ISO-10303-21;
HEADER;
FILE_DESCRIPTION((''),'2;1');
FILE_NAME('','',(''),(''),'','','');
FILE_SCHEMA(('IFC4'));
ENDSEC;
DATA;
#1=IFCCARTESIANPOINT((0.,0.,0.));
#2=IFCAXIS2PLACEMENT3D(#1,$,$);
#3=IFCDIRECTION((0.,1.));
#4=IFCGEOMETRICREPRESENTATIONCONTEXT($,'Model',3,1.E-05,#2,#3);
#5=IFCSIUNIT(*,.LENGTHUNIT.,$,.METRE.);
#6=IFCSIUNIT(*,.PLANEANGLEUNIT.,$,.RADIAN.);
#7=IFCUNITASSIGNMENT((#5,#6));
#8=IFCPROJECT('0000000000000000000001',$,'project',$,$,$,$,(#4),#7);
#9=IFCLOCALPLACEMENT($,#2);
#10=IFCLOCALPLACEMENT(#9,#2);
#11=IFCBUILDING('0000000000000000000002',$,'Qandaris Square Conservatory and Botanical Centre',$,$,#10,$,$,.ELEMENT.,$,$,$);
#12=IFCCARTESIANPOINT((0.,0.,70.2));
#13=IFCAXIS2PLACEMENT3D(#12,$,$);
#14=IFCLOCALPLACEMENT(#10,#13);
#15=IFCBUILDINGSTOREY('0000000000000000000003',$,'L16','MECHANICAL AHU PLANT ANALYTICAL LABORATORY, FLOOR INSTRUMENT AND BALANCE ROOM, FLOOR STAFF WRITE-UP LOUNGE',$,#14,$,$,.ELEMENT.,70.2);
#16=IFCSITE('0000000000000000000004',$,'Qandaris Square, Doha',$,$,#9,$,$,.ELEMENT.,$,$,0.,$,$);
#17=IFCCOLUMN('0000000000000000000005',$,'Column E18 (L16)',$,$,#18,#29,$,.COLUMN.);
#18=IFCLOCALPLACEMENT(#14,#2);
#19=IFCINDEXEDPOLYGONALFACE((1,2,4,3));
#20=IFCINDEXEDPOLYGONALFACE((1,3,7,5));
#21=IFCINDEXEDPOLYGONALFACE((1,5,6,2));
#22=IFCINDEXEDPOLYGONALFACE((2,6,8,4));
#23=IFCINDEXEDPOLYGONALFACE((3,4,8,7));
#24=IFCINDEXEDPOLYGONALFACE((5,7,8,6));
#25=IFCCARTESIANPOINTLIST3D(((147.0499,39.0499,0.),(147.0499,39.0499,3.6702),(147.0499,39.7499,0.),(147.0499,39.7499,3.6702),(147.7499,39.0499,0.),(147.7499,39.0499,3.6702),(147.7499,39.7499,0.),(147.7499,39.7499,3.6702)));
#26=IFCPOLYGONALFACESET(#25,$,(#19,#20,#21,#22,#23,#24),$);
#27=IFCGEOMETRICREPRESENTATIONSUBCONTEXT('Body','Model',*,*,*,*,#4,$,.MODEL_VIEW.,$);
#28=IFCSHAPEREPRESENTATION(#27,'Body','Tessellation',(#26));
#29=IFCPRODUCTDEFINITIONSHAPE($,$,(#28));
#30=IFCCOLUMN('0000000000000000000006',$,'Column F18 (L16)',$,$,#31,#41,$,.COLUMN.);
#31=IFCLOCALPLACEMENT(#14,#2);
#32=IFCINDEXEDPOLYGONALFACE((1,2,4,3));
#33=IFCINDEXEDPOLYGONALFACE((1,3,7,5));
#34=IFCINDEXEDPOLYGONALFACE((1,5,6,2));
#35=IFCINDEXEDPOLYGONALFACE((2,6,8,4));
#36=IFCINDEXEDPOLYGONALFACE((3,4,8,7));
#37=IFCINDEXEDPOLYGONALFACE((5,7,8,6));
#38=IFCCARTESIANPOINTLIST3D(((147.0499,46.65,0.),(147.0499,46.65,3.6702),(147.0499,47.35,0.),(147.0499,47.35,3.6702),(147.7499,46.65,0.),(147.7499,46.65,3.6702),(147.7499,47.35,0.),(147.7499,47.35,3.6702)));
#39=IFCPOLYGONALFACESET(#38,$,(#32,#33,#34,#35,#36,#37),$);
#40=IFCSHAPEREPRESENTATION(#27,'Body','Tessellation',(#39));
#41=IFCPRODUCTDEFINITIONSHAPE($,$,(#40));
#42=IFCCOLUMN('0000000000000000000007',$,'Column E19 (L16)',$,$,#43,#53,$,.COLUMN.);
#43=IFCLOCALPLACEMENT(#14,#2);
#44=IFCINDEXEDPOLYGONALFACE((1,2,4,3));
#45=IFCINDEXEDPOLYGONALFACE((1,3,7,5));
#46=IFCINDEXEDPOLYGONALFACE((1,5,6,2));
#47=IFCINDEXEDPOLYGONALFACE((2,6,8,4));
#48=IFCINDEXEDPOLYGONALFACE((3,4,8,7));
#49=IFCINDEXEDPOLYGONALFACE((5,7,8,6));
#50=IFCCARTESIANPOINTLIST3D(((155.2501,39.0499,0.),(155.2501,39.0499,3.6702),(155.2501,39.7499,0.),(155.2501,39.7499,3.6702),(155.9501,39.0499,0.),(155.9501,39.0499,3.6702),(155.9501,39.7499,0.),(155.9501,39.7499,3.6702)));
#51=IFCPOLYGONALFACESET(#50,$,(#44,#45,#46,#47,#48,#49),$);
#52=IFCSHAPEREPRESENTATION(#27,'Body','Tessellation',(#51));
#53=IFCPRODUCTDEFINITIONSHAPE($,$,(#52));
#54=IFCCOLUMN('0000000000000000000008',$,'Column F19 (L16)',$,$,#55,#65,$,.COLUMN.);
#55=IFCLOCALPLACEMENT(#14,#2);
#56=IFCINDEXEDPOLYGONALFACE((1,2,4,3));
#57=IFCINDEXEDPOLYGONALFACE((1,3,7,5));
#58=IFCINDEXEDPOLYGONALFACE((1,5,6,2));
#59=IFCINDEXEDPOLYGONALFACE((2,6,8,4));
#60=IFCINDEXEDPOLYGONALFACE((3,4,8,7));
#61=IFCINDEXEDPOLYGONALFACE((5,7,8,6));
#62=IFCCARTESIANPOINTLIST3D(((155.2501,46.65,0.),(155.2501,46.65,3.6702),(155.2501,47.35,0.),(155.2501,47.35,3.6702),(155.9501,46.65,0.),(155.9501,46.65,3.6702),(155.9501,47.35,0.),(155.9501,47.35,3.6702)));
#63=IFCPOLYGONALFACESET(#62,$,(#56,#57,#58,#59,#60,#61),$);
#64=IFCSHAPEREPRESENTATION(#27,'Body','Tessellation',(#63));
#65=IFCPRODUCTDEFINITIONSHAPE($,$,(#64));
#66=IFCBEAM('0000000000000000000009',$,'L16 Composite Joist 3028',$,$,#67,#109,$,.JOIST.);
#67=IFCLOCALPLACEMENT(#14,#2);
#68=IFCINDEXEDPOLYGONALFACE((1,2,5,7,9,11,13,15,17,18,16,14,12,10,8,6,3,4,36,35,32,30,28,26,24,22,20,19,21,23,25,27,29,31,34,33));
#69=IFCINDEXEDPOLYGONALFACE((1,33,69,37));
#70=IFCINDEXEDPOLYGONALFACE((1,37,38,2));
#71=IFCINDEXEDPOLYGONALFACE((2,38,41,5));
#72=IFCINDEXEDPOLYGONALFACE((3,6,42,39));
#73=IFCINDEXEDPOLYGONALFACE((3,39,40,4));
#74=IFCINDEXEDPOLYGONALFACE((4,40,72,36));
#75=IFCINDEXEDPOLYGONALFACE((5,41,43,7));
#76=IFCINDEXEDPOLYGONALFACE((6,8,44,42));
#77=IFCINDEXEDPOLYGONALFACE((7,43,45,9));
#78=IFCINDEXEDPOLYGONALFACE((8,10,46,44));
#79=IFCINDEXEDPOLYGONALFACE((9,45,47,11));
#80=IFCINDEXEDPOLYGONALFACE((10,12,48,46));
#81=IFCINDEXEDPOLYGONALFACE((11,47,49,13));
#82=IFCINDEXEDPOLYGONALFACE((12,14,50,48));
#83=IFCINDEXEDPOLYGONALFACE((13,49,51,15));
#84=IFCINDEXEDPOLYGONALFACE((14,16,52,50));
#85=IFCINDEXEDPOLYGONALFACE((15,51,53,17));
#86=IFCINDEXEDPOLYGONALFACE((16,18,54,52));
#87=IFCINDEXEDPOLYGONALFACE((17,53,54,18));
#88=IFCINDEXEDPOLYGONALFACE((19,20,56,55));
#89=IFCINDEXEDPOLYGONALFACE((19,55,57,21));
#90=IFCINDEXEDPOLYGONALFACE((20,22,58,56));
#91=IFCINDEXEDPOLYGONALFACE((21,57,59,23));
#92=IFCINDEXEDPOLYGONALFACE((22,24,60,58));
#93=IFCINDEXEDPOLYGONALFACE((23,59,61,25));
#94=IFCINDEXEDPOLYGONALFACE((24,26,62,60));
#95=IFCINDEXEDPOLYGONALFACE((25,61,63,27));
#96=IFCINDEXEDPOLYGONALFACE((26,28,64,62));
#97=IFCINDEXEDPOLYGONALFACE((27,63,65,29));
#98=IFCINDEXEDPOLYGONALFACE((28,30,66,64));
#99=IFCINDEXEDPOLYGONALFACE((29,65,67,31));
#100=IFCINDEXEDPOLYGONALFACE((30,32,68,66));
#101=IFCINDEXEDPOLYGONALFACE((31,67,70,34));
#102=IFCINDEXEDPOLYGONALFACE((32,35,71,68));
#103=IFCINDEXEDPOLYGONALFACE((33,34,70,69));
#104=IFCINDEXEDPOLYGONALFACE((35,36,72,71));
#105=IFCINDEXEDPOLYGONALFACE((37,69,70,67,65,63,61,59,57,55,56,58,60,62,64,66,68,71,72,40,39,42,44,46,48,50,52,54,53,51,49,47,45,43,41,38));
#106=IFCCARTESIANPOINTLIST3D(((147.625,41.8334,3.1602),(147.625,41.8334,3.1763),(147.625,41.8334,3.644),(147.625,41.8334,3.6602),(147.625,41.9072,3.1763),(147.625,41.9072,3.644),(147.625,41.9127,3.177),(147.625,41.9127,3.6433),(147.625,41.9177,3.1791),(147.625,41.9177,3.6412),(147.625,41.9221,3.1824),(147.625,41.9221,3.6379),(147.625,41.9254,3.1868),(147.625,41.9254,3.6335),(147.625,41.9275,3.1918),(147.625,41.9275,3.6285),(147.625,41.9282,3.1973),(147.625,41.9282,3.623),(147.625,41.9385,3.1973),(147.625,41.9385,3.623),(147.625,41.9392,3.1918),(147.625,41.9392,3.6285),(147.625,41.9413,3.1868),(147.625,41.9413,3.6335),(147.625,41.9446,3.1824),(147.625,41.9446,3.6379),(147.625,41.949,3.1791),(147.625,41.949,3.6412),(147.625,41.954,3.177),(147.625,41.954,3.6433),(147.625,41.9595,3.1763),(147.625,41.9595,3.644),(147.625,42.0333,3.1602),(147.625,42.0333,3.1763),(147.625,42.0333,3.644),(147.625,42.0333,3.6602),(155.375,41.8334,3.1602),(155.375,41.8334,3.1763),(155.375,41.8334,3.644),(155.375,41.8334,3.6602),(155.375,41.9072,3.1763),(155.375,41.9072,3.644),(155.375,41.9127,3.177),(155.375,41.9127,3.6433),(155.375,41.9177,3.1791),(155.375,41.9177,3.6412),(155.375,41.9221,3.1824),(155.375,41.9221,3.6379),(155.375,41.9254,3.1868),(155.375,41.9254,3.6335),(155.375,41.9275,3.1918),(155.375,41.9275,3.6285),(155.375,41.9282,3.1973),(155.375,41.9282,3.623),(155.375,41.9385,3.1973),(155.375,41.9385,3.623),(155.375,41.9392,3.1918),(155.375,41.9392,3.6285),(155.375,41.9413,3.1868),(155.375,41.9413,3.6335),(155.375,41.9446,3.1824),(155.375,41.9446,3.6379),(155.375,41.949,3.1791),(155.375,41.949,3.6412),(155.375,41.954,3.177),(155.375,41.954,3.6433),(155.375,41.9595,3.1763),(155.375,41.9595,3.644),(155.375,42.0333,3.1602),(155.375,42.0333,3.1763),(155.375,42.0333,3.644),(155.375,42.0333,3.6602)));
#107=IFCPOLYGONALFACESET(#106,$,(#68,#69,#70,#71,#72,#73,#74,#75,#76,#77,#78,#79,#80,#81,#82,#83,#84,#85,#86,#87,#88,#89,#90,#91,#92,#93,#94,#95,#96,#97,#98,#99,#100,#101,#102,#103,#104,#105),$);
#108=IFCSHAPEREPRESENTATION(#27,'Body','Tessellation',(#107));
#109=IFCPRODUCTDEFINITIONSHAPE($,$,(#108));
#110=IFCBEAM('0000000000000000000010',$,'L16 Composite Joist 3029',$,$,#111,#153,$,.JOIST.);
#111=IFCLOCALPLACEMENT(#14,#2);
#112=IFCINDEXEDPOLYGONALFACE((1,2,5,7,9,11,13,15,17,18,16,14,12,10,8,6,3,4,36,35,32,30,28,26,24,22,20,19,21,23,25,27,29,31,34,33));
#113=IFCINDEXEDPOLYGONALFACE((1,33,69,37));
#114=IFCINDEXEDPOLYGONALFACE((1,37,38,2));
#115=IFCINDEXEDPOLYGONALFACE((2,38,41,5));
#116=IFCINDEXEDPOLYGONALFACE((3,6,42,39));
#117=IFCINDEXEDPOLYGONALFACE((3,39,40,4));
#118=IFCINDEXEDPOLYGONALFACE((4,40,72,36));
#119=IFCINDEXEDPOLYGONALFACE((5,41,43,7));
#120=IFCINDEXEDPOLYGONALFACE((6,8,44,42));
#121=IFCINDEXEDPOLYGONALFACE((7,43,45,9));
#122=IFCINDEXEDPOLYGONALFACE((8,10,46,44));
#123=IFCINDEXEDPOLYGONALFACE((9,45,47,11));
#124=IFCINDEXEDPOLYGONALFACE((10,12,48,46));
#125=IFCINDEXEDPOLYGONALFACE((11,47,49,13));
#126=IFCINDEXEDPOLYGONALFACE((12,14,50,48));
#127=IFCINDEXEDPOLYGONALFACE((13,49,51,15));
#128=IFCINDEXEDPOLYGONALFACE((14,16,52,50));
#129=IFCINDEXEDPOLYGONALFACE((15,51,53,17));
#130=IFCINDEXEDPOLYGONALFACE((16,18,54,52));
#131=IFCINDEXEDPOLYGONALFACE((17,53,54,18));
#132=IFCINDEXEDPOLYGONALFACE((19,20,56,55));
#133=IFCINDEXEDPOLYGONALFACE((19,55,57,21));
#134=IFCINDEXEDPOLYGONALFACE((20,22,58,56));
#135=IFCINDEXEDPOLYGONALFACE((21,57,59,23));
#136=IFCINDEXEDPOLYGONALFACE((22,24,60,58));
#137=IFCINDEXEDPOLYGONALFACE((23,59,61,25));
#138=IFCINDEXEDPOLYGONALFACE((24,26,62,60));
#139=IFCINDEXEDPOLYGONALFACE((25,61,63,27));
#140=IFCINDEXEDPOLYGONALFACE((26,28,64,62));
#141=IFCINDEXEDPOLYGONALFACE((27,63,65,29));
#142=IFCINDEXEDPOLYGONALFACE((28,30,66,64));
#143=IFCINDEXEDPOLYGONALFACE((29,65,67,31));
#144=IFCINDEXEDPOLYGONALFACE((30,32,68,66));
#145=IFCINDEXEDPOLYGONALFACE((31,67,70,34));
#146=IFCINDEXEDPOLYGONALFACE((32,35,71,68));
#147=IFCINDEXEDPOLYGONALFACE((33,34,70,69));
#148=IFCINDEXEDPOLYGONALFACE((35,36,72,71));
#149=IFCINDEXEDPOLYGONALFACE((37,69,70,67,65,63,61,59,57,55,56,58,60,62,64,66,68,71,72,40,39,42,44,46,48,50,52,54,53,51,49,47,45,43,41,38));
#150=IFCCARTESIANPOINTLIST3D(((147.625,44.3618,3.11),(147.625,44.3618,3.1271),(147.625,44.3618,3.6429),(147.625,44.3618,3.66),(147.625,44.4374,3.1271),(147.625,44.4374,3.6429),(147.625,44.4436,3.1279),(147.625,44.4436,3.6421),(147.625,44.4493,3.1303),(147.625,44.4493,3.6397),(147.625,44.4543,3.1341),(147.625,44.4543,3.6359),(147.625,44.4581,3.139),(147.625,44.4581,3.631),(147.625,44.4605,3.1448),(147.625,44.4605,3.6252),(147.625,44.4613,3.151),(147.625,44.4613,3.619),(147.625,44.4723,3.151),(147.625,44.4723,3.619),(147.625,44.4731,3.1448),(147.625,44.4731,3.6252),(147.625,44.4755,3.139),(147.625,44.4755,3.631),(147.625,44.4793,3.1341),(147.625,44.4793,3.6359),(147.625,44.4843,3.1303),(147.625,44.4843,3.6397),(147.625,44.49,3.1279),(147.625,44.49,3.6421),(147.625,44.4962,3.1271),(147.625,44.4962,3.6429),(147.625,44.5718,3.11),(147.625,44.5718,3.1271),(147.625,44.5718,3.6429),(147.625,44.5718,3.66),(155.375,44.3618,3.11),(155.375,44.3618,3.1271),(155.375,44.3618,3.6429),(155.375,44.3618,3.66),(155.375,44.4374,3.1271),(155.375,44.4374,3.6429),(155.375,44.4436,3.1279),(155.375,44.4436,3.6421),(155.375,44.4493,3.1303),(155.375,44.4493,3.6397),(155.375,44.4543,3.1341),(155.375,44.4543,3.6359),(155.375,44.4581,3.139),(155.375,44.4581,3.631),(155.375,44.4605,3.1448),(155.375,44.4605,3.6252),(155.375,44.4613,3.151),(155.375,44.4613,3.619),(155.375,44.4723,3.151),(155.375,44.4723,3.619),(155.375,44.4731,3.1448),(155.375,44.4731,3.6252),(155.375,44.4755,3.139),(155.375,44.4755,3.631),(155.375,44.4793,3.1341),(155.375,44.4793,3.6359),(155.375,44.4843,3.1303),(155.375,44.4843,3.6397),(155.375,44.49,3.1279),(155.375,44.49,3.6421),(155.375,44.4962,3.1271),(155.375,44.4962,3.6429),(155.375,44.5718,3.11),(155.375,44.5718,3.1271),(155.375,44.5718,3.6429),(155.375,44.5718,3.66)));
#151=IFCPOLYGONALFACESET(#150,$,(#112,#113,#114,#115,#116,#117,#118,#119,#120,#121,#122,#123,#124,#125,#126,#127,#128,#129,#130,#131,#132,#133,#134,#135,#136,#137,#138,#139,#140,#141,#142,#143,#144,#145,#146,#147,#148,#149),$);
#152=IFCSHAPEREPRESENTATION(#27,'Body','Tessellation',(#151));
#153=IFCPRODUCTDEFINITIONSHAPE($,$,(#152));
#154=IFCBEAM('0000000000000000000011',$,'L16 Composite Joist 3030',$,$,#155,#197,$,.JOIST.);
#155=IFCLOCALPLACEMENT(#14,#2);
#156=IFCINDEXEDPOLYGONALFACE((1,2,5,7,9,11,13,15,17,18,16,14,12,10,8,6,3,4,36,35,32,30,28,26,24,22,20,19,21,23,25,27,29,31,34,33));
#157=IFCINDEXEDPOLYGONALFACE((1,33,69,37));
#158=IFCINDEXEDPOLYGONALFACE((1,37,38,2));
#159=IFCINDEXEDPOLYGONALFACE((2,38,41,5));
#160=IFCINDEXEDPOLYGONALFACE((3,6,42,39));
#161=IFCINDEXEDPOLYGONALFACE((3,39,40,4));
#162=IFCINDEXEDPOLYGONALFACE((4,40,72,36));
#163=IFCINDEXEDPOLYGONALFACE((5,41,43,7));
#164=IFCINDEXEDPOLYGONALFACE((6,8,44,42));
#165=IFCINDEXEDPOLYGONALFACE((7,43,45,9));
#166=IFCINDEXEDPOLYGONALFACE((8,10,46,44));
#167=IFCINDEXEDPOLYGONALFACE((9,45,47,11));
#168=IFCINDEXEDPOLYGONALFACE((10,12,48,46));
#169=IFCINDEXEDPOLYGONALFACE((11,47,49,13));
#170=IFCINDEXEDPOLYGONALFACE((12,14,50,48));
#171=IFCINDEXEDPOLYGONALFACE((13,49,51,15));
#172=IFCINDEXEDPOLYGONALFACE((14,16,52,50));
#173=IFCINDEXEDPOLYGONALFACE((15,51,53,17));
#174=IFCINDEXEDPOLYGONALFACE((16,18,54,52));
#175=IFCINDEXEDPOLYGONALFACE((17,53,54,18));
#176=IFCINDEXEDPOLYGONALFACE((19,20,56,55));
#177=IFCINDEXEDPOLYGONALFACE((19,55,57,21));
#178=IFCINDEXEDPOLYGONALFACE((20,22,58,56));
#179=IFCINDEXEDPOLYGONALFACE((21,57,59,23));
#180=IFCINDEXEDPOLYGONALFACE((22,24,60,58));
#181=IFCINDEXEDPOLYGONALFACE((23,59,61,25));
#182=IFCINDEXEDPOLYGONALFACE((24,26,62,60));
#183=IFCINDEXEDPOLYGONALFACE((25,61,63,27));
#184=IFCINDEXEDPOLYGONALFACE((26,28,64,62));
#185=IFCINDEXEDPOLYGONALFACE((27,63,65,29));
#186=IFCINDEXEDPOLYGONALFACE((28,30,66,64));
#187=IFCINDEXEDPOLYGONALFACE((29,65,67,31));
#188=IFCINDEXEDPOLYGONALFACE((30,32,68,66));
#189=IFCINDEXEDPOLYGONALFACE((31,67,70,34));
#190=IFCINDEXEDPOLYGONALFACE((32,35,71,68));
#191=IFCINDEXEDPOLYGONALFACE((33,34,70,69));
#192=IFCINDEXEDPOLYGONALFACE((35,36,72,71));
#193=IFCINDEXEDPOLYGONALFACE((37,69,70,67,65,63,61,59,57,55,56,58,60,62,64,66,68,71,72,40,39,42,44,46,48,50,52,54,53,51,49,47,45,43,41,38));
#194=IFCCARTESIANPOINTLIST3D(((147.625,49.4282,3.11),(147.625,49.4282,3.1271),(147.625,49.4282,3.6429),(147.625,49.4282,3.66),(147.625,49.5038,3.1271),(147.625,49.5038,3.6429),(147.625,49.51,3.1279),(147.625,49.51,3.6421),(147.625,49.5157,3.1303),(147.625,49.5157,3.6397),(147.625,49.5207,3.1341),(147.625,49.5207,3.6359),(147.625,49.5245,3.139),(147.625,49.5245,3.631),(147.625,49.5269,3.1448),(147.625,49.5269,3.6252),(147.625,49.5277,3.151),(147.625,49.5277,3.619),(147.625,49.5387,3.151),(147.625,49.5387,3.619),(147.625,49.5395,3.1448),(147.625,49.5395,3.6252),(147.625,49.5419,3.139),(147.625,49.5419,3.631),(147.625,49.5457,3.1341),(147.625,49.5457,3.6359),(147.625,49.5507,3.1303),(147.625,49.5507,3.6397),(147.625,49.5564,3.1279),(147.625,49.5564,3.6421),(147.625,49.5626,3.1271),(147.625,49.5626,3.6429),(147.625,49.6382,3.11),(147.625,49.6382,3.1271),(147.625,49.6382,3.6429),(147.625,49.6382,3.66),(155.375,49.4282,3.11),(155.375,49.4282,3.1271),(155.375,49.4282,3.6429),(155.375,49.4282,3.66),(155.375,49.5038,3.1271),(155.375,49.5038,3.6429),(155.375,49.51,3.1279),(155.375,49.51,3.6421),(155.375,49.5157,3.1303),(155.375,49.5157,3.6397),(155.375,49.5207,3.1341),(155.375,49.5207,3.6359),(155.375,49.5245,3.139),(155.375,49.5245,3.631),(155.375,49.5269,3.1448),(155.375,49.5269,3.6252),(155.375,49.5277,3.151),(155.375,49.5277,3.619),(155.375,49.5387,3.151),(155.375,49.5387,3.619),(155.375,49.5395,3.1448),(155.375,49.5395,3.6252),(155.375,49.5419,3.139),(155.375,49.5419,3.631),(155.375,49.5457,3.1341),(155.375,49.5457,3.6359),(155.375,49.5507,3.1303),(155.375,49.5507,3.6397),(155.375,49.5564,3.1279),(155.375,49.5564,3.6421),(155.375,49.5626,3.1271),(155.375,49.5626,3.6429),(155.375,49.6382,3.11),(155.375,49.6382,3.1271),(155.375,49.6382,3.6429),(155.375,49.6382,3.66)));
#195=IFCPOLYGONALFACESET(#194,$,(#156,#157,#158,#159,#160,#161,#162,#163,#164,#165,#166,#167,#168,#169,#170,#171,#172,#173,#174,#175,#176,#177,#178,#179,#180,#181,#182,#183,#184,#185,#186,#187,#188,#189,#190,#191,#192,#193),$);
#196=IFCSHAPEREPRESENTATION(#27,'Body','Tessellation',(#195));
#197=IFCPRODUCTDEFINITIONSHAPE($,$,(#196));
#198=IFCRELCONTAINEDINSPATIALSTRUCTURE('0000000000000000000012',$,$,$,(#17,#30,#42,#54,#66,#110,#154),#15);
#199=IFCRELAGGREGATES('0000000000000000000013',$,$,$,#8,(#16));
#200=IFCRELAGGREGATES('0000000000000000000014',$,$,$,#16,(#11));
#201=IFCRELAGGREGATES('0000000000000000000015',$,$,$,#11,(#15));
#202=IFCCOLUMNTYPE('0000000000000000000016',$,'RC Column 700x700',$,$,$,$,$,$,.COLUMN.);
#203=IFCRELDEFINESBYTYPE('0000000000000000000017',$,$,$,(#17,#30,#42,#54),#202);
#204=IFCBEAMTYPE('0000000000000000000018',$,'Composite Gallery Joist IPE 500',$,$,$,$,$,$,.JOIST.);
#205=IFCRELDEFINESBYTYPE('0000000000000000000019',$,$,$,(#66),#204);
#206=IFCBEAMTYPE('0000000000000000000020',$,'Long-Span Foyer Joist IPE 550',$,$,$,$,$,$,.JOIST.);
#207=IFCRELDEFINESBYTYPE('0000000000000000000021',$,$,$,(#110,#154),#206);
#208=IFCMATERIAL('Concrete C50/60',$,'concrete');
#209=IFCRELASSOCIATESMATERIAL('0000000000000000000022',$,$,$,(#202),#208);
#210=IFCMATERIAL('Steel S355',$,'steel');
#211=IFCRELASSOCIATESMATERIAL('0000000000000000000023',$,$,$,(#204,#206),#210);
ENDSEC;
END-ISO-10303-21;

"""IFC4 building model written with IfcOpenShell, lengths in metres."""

from ifc_helpers import new_model, si_unit, direction, frame, origin, origin_2d, place, context, subcontext, project, spatial, rectangle, i_section, extrude, material, material_profile, profile_set, type_object, element, save


model = new_model("IFC4")

# Units and contexts
model_context = context("Model", 3, precision=1e-05, world=origin(), true_north=direction((0.0, 1.0)))
body_context = subcontext(model_context, "Body", "Model", "MODEL_VIEW")
ifc_project = project(units=[si_unit("LENGTHUNIT", "METRE"), si_unit("PLANEANGLEUNIT", "RADIAN")], contexts=[model_context])

# Site, building, storey
site_placement = place(None, origin())
site = spatial("IfcSite", under=ifc_project, at=site_placement, Name="Qandaris Square, Doha", CompositionType="ELEMENT", RefElevation=0.0)
building_placement = place(site_placement, origin())
building = spatial("IfcBuilding", under=site, at=building_placement, Name="Qandaris Square Conservatory and Botanical Centre", CompositionType="ELEMENT")
storey_placement = place(building_placement, frame((0.0, 0.0, 70.2)))
storey = spatial("IfcBuildingStorey", under=building, at=storey_placement, Name="L16", Description="MECHANICAL AHU PLANT ANALYTICAL LABORATORY, FLOOR INSTRUMENT AND BALANCE ROOM, FLOOR STAFF WRITE-UP LOUNGE", CompositionType="ELEMENT", Elevation=70.2)

# Columns
ifc_material_1 = material(Name="Concrete C50/60", Category="concrete")
ifc_material_profile_1 = material_profile(ifc_material_1, rectangle(XDim=0.7, YDim=0.7, at=origin_2d()), Name="RC-COL 700x700")
ifc_profile_set_1 = profile_set([ifc_material_profile_1], Name="Concrete C50/60")
column_type = type_object("IfcColumnType", Name="RC Column 700x700", PredefinedType="COLUMN", material=ifc_profile_set_1)
for number, where, z_axis, x_axis, name in (
    (1, (147.3999, 39.3999, 0.0), (0.0, 0.0, 1.0), (1.0, 0.0, 0.0), "Column E18 (L16)"),
    (2, (147.3999, 47.0, 0.0), (0.0, 0.0, 1.0), (1.0, 0.0, 0.0), "Column F18 (L16)"),
    (3, (155.6001, 39.3999, 0.0), (0.0, 0.0, 1.0), (1.0, 0.0, 0.0), "Column E19 (L16)"),
    (4, (155.6001, 47.0, 0.0), (0.0, 0.0, 1.0), (1.0, 0.0, 0.0), "Column F19 (L16)"),
):
    element("IfcColumn", number, at=place(storey_placement, frame(where, z_axis=z_axis, x_axis=x_axis)), inside=storey, type_object=column_type, Name=name, PredefinedType="COLUMN", context=body_context, shape_type="SweptSolid", body=[
        extrude(rectangle(XDim=0.7, YDim=0.7, at=origin_2d()), origin(), (0.0, 0.0, 1.0), 3.6702),
    ])

# Beams
ifc_material_2 = material(Name="Steel S355", Category="steel")
ifc_material_profile_2 = material_profile(ifc_material_2, i_section(OverallWidth=0.2, OverallDepth=0.5, WebThickness=0.0103, FlangeThickness=0.0161, FilletRadius=0.021, at=origin_2d()), Name="IPE 500")
ifc_profile_set_2 = profile_set([ifc_material_profile_2], Name="Steel S355")
beam_type_1 = type_object("IfcBeamType", Name="Composite Gallery Joist IPE 500", PredefinedType="JOIST", material=ifc_profile_set_2)
beam_1_placement = place(storey_placement, frame((147.625, 41.9333, 3.4102), z_axis=(1.0, 0.0, 0.0), x_axis=(0.0, 1.0, 0.0)))
element("IfcBeam", 5, at=beam_1_placement, inside=storey, type_object=beam_type_1, Name="L16 Composite Joist 3028", PredefinedType="JOIST", context=body_context, shape_type="SweptSolid", body=[
    extrude(i_section(OverallWidth=0.2, OverallDepth=0.5, WebThickness=0.0103, FlangeThickness=0.0161, FilletRadius=0.021, at=origin_2d()), origin(), (0.0, 0.0, 1.0), 7.75),
])
ifc_material_profile_3 = material_profile(ifc_material_2, i_section(OverallWidth=0.21, OverallDepth=0.55, WebThickness=0.011, FlangeThickness=0.0171, FilletRadius=0.0239, at=origin_2d()), Name="IPE 550")
ifc_profile_set_3 = profile_set([ifc_material_profile_3], Name="Steel S355")
beam_type_2 = type_object("IfcBeamType", Name="Long-Span Foyer Joist IPE 550", PredefinedType="JOIST", material=ifc_profile_set_3)
for number, where, z_axis, x_axis, name in (
    (6, (147.625, 44.4668, 3.385), (1.0, 0.0, 0.0), (0.0, 1.0, 0.0), "L16 Composite Joist 3029"),
    (7, (147.625, 49.5332, 3.385), (1.0, 0.0, 0.0), (0.0, 1.0, 0.0), "L16 Composite Joist 3030"),
):
    element("IfcBeam", number, at=place(storey_placement, frame(where, z_axis=z_axis, x_axis=x_axis)), inside=storey, type_object=beam_type_2, Name=name, PredefinedType="JOIST", context=body_context, shape_type="SweptSolid", body=[
        extrude(i_section(OverallWidth=0.21, OverallDepth=0.55, WebThickness=0.011, FlangeThickness=0.0171, FilletRadius=0.0239, at=origin_2d()), origin(), (0.0, 0.0, 1.0), 7.75),
    ])

save(model, "model.ifc")
